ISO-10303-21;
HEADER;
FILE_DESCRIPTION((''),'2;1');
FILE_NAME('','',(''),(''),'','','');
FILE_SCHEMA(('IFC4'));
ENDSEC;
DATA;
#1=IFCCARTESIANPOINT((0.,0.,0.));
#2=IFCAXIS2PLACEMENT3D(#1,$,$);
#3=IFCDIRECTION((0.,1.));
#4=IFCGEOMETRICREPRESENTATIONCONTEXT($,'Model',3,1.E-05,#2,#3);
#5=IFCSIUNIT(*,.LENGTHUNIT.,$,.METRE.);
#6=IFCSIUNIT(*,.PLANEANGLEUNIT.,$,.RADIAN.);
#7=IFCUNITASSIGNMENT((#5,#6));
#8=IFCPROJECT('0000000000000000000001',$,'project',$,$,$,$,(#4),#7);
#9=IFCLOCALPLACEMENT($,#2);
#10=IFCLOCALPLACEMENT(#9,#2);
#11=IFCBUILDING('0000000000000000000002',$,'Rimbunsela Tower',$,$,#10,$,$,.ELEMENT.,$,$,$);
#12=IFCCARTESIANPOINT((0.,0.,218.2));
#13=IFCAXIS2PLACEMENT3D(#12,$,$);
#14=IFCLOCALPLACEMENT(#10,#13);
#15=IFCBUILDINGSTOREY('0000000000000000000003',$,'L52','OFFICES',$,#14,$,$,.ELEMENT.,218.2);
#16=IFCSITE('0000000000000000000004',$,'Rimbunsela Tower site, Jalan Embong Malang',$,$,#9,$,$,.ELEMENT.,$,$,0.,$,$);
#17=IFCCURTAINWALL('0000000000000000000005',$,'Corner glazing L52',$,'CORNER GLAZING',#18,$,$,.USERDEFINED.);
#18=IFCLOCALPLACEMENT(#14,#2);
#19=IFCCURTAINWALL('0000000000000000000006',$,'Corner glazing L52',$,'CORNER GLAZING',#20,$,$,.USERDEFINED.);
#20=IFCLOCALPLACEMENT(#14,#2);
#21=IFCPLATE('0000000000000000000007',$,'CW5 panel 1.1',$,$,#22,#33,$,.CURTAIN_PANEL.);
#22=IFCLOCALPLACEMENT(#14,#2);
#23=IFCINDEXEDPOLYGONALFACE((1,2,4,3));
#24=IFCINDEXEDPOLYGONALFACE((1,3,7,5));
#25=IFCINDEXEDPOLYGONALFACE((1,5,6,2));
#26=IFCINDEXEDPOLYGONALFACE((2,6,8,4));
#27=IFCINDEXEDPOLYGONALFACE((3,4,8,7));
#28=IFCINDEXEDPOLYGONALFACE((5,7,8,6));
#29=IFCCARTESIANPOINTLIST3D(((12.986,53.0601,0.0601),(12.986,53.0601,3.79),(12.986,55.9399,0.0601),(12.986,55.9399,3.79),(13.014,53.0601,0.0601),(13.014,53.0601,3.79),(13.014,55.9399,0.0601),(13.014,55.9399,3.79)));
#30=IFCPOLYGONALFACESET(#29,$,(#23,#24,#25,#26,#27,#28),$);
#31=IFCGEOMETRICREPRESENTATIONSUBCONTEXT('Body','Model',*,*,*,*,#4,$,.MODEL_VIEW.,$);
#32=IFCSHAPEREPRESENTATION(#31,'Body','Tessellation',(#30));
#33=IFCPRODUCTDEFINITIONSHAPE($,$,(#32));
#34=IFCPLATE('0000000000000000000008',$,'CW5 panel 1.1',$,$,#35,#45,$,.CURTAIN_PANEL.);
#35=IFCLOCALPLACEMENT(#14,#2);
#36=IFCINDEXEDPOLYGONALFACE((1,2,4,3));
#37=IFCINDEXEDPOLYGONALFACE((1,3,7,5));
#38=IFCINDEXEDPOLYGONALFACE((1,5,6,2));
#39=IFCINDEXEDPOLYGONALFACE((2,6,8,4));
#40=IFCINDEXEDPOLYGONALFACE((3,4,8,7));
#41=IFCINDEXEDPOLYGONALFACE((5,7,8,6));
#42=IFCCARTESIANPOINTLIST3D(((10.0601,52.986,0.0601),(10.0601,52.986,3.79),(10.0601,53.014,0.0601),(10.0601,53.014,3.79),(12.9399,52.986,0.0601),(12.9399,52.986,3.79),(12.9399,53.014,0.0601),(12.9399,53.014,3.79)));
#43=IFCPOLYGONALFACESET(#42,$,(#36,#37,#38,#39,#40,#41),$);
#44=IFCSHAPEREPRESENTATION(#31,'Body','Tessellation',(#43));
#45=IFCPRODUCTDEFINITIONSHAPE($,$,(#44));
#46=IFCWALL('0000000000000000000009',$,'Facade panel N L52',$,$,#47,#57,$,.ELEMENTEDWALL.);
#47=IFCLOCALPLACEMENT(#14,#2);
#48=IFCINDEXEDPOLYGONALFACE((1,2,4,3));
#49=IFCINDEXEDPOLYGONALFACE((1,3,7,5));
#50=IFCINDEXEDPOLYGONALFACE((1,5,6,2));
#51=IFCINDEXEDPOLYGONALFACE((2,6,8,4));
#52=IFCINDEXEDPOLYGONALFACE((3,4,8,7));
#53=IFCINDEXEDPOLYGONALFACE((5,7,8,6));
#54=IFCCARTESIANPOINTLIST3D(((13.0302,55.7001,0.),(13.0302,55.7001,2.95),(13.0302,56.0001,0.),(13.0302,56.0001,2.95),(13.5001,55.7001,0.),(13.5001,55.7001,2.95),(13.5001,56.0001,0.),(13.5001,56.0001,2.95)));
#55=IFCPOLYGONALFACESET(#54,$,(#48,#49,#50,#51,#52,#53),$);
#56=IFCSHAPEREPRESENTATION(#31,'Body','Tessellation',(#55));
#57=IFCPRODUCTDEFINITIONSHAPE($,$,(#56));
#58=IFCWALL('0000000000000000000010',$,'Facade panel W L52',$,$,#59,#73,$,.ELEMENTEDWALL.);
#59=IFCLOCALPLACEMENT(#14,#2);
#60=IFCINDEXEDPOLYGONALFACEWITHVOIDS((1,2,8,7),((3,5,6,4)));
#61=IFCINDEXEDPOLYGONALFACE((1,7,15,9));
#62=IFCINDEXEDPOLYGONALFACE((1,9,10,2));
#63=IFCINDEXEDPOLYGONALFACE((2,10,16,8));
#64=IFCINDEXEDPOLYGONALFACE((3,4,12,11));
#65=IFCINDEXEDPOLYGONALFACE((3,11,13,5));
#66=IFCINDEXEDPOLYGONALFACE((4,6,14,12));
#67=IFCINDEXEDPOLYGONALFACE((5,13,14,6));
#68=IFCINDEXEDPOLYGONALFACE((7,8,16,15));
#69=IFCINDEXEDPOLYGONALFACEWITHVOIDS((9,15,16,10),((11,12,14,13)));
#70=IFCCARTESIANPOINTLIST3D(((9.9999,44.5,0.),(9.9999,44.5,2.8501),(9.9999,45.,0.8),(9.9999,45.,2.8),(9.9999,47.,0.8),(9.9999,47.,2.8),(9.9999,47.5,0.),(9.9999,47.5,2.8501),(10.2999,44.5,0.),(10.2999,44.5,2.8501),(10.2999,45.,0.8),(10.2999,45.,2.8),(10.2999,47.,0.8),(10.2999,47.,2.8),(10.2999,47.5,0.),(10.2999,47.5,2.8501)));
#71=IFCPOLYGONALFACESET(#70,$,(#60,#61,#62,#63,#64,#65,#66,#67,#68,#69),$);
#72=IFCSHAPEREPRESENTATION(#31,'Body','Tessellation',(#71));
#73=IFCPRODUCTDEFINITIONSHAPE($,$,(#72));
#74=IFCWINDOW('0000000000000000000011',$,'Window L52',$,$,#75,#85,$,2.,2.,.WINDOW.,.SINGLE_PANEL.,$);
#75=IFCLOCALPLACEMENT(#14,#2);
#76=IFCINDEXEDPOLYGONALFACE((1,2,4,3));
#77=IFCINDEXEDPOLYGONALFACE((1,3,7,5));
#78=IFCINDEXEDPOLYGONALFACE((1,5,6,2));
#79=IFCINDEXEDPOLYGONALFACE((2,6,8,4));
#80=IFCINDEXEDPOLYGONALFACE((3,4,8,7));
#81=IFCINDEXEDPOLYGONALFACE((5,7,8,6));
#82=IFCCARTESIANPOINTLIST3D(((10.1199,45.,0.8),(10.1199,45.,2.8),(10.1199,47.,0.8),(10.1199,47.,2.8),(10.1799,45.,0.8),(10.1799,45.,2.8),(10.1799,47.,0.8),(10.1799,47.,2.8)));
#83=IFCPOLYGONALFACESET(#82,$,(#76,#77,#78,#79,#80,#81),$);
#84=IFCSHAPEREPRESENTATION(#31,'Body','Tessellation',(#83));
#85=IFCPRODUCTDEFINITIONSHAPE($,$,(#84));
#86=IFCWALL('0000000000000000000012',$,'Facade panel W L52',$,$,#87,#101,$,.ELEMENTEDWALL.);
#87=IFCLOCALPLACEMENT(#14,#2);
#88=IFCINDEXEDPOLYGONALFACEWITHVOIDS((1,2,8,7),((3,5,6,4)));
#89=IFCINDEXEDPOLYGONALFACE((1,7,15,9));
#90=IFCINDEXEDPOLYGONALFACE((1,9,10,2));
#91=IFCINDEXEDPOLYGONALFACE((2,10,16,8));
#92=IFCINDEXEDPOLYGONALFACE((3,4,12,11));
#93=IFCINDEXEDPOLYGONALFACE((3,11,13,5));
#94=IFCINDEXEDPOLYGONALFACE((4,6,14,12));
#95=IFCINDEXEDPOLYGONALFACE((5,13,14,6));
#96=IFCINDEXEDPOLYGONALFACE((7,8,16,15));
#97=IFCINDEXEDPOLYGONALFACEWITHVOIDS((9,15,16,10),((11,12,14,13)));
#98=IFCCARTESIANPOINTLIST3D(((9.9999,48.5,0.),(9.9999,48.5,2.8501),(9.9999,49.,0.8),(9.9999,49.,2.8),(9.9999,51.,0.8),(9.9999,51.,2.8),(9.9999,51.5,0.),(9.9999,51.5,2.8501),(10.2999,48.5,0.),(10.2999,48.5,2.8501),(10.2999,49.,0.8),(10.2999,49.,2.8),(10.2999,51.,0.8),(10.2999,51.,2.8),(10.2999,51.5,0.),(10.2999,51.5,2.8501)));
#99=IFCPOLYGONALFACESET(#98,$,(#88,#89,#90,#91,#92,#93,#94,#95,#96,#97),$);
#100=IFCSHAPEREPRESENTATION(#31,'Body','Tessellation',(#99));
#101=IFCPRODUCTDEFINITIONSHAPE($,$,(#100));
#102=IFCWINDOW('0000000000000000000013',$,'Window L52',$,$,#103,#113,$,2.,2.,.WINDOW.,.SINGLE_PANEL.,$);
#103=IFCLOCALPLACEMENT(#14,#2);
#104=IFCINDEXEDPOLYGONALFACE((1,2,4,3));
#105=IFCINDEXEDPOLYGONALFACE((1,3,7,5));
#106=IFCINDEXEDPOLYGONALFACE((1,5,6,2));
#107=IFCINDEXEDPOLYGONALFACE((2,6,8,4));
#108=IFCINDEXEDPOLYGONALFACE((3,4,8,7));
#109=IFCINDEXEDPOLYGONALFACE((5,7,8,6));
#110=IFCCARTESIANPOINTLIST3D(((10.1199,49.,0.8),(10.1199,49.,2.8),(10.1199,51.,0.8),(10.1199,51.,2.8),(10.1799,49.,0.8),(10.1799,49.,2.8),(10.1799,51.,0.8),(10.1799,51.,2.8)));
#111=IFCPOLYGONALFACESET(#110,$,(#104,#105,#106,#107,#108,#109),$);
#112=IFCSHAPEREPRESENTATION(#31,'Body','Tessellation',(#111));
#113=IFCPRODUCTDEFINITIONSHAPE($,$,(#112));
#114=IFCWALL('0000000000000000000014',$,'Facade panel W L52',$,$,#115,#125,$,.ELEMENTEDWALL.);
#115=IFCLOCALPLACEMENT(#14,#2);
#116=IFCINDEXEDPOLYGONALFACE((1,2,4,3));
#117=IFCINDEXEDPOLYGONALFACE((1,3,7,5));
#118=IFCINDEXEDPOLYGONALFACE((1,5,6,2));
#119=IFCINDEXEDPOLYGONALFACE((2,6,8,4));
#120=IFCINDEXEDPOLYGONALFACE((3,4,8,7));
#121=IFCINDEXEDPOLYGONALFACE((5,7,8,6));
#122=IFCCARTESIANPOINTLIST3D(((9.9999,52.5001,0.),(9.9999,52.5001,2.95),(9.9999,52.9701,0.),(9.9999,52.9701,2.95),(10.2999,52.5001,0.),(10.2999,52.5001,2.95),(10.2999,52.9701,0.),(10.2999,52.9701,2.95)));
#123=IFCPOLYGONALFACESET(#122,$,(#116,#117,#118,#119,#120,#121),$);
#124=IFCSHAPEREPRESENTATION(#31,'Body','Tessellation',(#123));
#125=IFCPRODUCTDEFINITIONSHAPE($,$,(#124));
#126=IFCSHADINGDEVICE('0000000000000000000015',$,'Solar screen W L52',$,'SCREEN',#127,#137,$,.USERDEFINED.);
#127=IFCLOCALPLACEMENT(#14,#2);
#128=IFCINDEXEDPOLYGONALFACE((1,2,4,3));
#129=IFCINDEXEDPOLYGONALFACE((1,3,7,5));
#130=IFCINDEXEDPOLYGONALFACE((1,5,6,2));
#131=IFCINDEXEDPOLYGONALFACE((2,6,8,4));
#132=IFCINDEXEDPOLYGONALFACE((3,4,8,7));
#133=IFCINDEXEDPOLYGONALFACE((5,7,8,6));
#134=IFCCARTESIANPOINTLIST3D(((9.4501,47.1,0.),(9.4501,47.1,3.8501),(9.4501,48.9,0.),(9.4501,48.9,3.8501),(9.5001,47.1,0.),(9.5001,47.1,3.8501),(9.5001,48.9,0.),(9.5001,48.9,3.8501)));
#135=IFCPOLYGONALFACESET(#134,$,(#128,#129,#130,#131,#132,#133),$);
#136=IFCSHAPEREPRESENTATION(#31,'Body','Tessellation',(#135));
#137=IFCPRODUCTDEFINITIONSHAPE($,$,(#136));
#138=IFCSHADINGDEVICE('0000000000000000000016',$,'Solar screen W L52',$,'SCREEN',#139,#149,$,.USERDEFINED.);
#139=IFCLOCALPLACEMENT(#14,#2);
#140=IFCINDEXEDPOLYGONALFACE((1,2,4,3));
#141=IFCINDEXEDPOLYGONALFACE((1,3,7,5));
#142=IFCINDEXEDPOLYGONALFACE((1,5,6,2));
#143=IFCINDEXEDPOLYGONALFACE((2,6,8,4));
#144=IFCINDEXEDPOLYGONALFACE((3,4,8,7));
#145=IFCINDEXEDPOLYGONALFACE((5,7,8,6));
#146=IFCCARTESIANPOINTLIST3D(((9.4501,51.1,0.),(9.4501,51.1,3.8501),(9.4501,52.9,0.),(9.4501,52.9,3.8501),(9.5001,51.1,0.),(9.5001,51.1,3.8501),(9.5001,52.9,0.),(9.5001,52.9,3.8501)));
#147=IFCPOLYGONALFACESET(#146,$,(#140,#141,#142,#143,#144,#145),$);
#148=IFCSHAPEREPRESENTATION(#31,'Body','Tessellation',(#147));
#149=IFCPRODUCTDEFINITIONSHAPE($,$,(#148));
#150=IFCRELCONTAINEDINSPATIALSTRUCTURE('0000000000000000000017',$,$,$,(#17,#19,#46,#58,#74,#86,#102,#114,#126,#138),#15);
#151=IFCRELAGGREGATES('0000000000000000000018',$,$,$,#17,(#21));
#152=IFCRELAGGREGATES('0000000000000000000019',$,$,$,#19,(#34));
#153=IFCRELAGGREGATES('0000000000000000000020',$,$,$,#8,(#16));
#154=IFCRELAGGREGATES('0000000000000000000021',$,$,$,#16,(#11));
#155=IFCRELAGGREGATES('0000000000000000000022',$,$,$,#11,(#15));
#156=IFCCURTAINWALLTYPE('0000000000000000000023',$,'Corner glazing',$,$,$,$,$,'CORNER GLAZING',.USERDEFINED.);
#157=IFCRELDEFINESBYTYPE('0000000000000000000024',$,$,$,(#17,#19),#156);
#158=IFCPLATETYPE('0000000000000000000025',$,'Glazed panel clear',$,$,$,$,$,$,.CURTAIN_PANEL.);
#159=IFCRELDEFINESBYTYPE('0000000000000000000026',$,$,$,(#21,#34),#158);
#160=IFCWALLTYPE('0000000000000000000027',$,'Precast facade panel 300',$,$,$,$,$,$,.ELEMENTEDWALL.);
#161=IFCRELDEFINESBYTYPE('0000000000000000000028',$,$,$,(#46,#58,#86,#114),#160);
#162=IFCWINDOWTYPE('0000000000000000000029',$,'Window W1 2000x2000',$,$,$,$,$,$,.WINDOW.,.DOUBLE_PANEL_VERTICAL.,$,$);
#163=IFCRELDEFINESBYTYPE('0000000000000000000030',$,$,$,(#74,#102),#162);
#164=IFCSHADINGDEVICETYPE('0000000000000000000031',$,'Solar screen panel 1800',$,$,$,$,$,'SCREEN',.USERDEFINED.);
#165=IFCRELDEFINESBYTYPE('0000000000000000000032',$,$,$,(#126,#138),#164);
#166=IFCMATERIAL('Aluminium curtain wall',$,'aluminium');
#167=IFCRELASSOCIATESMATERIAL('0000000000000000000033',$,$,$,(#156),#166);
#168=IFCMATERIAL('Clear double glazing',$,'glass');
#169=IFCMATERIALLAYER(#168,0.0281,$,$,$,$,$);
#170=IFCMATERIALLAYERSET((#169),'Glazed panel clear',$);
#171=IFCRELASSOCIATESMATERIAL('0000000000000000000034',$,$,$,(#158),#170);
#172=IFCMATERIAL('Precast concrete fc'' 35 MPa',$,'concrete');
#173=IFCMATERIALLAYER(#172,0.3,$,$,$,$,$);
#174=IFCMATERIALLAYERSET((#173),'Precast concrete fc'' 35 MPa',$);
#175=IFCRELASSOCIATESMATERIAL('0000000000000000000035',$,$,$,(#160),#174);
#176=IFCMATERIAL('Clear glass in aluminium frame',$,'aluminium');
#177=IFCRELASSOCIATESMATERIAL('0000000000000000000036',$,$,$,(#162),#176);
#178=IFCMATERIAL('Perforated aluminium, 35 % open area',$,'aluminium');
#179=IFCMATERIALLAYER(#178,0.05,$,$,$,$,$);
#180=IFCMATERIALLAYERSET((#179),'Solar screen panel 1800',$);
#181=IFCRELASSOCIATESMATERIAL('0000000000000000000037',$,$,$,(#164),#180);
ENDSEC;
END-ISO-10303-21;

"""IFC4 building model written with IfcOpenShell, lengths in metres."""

from ifc_helpers import new_model, si_unit, direction, frame, frame_2d, origin, origin_2d, place, context, subcontext, project, spatial, rectangle, extrude, material, layer, layer_set, type_object, element, fill, aggregate, save


model = new_model("IFC4")

# Units and contexts
model_context = context("Model", 3, precision=1e-05, world=origin(), true_north=direction((0.0, 1.0)))
body_context = subcontext(model_context, "Body", "Model", "MODEL_VIEW")
ifc_project = project(units=[si_unit("LENGTHUNIT", "METRE"), si_unit("PLANEANGLEUNIT", "RADIAN")], contexts=[model_context])

# Site, building, storey
site_placement = place(None, origin())
site = spatial("IfcSite", under=ifc_project, at=site_placement, Name="Rimbunsela Tower site, Jalan Embong Malang", CompositionType="ELEMENT", RefElevation=0.0)
building_placement = place(site_placement, origin())
building = spatial("IfcBuilding", under=site, at=building_placement, Name="Rimbunsela Tower", CompositionType="ELEMENT")
storey_placement = place(building_placement, frame((0.0, 0.0, 218.2)))
storey = spatial("IfcBuildingStorey", under=building, at=storey_placement, Name="L52", Description="OFFICES", CompositionType="ELEMENT", Elevation=218.2)

# Curtain walls
ifc_material_1 = material(Name="Aluminium curtain wall", Category="aluminium")
curtain_wall_type = type_object("IfcCurtainWallType", Name="Corner glazing", ElementType="CORNER GLAZING", PredefinedType="USERDEFINED", material=ifc_material_1)
curtain_wall_1_placement = place(storey_placement, origin())
curtain_wall_1 = element("IfcCurtainWall", 1, at=curtain_wall_1_placement, inside=storey, type_object=curtain_wall_type, Name="Corner glazing L52", ObjectType="CORNER GLAZING", PredefinedType="USERDEFINED")
curtain_wall_2_placement = place(storey_placement, origin())
curtain_wall_2 = element("IfcCurtainWall", 2, at=curtain_wall_2_placement, inside=storey, type_object=curtain_wall_type, Name="Corner glazing L52", ObjectType="CORNER GLAZING", PredefinedType="USERDEFINED")

# Plates
ifc_material_2 = material(Name="Clear double glazing", Category="glass")
ifc_layer_1 = layer(ifc_material_2, 0.0281)
ifc_layer_set_1 = layer_set([ifc_layer_1], Name="Glazed panel clear")
plate_type = type_object("IfcPlateType", Name="Glazed panel clear", PredefinedType="CURTAIN_PANEL", material=ifc_layer_set_1)
plate_1_placement = place(storey_placement, frame((13.0, 54.5, 0.0601), z_axis=(0.0, 0.0, 1.0), x_axis=(0.0, -1.0, 0.0)))
plate_1 = element("IfcPlate", 3, at=plate_1_placement, type_object=plate_type, Name="CW5 panel 1.1", PredefinedType="CURTAIN_PANEL", context=body_context, shape_type="SweptSolid", body=[
    extrude(rectangle(XDim=2.8799, YDim=0.0281, at=origin_2d()), origin(), (0.0, 0.0, 1.0), 3.73),
])
aggregate(curtain_wall_1, [plate_1])
plate_2_placement = place(storey_placement, frame((11.5, 53.0, 0.0601), z_axis=(0.0, 0.0, 1.0), x_axis=(-1.0, 0.0, 0.0)))
plate_2 = element("IfcPlate", 4, at=plate_2_placement, type_object=plate_type, Name="CW5 panel 1.1", PredefinedType="CURTAIN_PANEL", context=body_context, shape_type="SweptSolid", body=[
    extrude(rectangle(XDim=2.8799, YDim=0.0281, at=origin_2d()), origin(), (0.0, 0.0, 1.0), 3.73),
])
aggregate(curtain_wall_2, [plate_2])

# Wall
ifc_material_3 = material(Name="Precast concrete fc' 35 MPa", Category="concrete")
ifc_layer_2 = layer(ifc_material_3, 0.3)
ifc_layer_set_2 = layer_set([ifc_layer_2], Name="Precast concrete fc' 35 MPa")
wall_type = type_object("IfcWallType", Name="Precast facade panel 300", PredefinedType="ELEMENTEDWALL", material=ifc_layer_set_2)
wall_1_placement = place(storey_placement, frame((13.5, 55.8501, 0.0), z_axis=(0.0, 0.0, 1.0), x_axis=(-1.0, 0.0, 0.0)))
element("IfcWall", 5, at=wall_1_placement, inside=storey, type_object=wall_type, Name="Facade panel N L52", PredefinedType="ELEMENTEDWALL", context=body_context, shape_type="SweptSolid", body=[
    extrude(rectangle(XDim=0.47, YDim=0.3, at=frame_2d((0.2349, 0.0))), origin(), (0.0, 0.0, 1.0), 2.95),
])

# Walls, openings, windows
wall_2_placement = place(storey_placement, frame((10.1499, 47.5, 0.0), z_axis=(0.0, 0.0, 1.0), x_axis=(0.0, -1.0, 0.0)))
wall_2 = element("IfcWall", 6, at=wall_2_placement, inside=storey, type_object=wall_type, Name="Facade panel W L52", PredefinedType="ELEMENTEDWALL", context=body_context, shape_type="SweptSolid", body=[
    extrude(rectangle(XDim=3.0, YDim=0.3, at=frame_2d((1.5, 0.0))), origin(), (0.0, 0.0, 1.0), 2.8501),
])
opening_1_placement = place(wall_2_placement, frame((0.5, 0.0, 0.8)))
opening_1 = element("IfcOpeningElement", 7, at=opening_1_placement, cuts=wall_2, PredefinedType="OPENING", context=body_context, shape_type="SweptSolid", body=[
    extrude(rectangle(XDim=2.0, YDim=2.0, at=frame_2d((1.0, 1.0))), frame((0.0, 0.1599, 0.0), z_axis=(0.0, -1.0, 0.0), x_axis=(1.0, 0.0, 0.0)), (0.0, 0.0, 1.0), 0.3201),
])
ifc_material_4 = material(Name="Clear glass in aluminium frame", Category="aluminium")
window_type = type_object("IfcWindowType", Name="Window W1 2000x2000", PartitioningType="DOUBLE_PANEL_VERTICAL", PredefinedType="WINDOW", material=ifc_material_4)
window_1_placement = place(opening_1_placement, origin())
window_1 = element("IfcWindow", 8, at=window_1_placement, inside=storey, type_object=window_type, Name="Window L52", OverallHeight=2.0, OverallWidth=2.0, PartitioningType="SINGLE_PANEL", PredefinedType="WINDOW", context=body_context, shape_type="SweptSolid", body=[
    extrude(rectangle(XDim=2.0, YDim=2.0, at=frame_2d((1.0, 1.0))), frame((0.0, 0.03, 0.0), z_axis=(0.0, -1.0, 0.0), x_axis=(1.0, 0.0, 0.0)), (0.0, 0.0, 1.0), 0.0601),
])
fill(opening_1, window_1)
wall_3_placement = place(storey_placement, frame((10.1499, 51.5, 0.0), z_axis=(0.0, 0.0, 1.0), x_axis=(0.0, -1.0, 0.0)))
wall_3 = element("IfcWall", 9, at=wall_3_placement, inside=storey, type_object=wall_type, Name="Facade panel W L52", PredefinedType="ELEMENTEDWALL", context=body_context, shape_type="SweptSolid", body=[
    extrude(rectangle(XDim=3.0, YDim=0.3, at=frame_2d((1.5, 0.0))), origin(), (0.0, 0.0, 1.0), 2.8501),
])
opening_2_placement = place(wall_3_placement, frame((0.5, 0.0, 0.8)))
opening_2 = element("IfcOpeningElement", 10, at=opening_2_placement, cuts=wall_3, PredefinedType="OPENING", context=body_context, shape_type="SweptSolid", body=[
    extrude(rectangle(XDim=2.0, YDim=2.0, at=frame_2d((1.0, 1.0))), frame((0.0, 0.1599, 0.0), z_axis=(0.0, -1.0, 0.0), x_axis=(1.0, 0.0, 0.0)), (0.0, 0.0, 1.0), 0.3201),
])
window_2_placement = place(opening_2_placement, origin())
window_2 = element("IfcWindow", 11, at=window_2_placement, inside=storey, type_object=window_type, Name="Window L52", OverallHeight=2.0, OverallWidth=2.0, PartitioningType="SINGLE_PANEL", PredefinedType="WINDOW", context=body_context, shape_type="SweptSolid", body=[
    extrude(rectangle(XDim=2.0, YDim=2.0, at=frame_2d((1.0, 1.0))), frame((0.0, 0.03, 0.0), z_axis=(0.0, -1.0, 0.0), x_axis=(1.0, 0.0, 0.0)), (0.0, 0.0, 1.0), 0.0601),
])
fill(opening_2, window_2)

# Wall
wall_4_placement = place(storey_placement, frame((10.1499, 52.97, 0.0), z_axis=(0.0, 0.0, 1.0), x_axis=(0.0, -1.0, 0.0)))
element("IfcWall", 12, at=wall_4_placement, inside=storey, type_object=wall_type, Name="Facade panel W L52", PredefinedType="ELEMENTEDWALL", context=body_context, shape_type="SweptSolid", body=[
    extrude(rectangle(XDim=0.47, YDim=0.3, at=frame_2d((0.2349, 0.0))), origin(), (0.0, 0.0, 1.0), 2.95),
])

# Shading devices
ifc_material_5 = material(Name="Perforated aluminium, 35 % open area", Category="aluminium")
ifc_layer_3 = layer(ifc_material_5, 0.05)
ifc_layer_set_3 = layer_set([ifc_layer_3], Name="Solar screen panel 1800")
shading_device_type = type_object("IfcShadingDeviceType", Name="Solar screen panel 1800", ElementType="SCREEN", PredefinedType="USERDEFINED", material=ifc_layer_set_3)
for number, where, z_axis, x_axis, name in (
    (13, (9.4751, 48.0, 0.0), (0.0, 0.0, 1.0), (0.0, 1.0, 0.0), "Solar screen W L52"),
    (14, (9.4751, 52.0, 0.0), (0.0, 0.0, 1.0), (0.0, 1.0, 0.0), "Solar screen W L52"),
):
    element("IfcShadingDevice", number, at=place(storey_placement, frame(where, z_axis=z_axis, x_axis=x_axis)), inside=storey, type_object=shading_device_type, Name=name, ObjectType="SCREEN", PredefinedType="USERDEFINED", context=body_context, shape_type="SweptSolid", body=[
        extrude(rectangle(XDim=1.8, YDim=0.05, at=origin_2d()), origin(), (0.0, 0.0, 1.0), 3.8501),
    ])

save(model, "model.ifc")
